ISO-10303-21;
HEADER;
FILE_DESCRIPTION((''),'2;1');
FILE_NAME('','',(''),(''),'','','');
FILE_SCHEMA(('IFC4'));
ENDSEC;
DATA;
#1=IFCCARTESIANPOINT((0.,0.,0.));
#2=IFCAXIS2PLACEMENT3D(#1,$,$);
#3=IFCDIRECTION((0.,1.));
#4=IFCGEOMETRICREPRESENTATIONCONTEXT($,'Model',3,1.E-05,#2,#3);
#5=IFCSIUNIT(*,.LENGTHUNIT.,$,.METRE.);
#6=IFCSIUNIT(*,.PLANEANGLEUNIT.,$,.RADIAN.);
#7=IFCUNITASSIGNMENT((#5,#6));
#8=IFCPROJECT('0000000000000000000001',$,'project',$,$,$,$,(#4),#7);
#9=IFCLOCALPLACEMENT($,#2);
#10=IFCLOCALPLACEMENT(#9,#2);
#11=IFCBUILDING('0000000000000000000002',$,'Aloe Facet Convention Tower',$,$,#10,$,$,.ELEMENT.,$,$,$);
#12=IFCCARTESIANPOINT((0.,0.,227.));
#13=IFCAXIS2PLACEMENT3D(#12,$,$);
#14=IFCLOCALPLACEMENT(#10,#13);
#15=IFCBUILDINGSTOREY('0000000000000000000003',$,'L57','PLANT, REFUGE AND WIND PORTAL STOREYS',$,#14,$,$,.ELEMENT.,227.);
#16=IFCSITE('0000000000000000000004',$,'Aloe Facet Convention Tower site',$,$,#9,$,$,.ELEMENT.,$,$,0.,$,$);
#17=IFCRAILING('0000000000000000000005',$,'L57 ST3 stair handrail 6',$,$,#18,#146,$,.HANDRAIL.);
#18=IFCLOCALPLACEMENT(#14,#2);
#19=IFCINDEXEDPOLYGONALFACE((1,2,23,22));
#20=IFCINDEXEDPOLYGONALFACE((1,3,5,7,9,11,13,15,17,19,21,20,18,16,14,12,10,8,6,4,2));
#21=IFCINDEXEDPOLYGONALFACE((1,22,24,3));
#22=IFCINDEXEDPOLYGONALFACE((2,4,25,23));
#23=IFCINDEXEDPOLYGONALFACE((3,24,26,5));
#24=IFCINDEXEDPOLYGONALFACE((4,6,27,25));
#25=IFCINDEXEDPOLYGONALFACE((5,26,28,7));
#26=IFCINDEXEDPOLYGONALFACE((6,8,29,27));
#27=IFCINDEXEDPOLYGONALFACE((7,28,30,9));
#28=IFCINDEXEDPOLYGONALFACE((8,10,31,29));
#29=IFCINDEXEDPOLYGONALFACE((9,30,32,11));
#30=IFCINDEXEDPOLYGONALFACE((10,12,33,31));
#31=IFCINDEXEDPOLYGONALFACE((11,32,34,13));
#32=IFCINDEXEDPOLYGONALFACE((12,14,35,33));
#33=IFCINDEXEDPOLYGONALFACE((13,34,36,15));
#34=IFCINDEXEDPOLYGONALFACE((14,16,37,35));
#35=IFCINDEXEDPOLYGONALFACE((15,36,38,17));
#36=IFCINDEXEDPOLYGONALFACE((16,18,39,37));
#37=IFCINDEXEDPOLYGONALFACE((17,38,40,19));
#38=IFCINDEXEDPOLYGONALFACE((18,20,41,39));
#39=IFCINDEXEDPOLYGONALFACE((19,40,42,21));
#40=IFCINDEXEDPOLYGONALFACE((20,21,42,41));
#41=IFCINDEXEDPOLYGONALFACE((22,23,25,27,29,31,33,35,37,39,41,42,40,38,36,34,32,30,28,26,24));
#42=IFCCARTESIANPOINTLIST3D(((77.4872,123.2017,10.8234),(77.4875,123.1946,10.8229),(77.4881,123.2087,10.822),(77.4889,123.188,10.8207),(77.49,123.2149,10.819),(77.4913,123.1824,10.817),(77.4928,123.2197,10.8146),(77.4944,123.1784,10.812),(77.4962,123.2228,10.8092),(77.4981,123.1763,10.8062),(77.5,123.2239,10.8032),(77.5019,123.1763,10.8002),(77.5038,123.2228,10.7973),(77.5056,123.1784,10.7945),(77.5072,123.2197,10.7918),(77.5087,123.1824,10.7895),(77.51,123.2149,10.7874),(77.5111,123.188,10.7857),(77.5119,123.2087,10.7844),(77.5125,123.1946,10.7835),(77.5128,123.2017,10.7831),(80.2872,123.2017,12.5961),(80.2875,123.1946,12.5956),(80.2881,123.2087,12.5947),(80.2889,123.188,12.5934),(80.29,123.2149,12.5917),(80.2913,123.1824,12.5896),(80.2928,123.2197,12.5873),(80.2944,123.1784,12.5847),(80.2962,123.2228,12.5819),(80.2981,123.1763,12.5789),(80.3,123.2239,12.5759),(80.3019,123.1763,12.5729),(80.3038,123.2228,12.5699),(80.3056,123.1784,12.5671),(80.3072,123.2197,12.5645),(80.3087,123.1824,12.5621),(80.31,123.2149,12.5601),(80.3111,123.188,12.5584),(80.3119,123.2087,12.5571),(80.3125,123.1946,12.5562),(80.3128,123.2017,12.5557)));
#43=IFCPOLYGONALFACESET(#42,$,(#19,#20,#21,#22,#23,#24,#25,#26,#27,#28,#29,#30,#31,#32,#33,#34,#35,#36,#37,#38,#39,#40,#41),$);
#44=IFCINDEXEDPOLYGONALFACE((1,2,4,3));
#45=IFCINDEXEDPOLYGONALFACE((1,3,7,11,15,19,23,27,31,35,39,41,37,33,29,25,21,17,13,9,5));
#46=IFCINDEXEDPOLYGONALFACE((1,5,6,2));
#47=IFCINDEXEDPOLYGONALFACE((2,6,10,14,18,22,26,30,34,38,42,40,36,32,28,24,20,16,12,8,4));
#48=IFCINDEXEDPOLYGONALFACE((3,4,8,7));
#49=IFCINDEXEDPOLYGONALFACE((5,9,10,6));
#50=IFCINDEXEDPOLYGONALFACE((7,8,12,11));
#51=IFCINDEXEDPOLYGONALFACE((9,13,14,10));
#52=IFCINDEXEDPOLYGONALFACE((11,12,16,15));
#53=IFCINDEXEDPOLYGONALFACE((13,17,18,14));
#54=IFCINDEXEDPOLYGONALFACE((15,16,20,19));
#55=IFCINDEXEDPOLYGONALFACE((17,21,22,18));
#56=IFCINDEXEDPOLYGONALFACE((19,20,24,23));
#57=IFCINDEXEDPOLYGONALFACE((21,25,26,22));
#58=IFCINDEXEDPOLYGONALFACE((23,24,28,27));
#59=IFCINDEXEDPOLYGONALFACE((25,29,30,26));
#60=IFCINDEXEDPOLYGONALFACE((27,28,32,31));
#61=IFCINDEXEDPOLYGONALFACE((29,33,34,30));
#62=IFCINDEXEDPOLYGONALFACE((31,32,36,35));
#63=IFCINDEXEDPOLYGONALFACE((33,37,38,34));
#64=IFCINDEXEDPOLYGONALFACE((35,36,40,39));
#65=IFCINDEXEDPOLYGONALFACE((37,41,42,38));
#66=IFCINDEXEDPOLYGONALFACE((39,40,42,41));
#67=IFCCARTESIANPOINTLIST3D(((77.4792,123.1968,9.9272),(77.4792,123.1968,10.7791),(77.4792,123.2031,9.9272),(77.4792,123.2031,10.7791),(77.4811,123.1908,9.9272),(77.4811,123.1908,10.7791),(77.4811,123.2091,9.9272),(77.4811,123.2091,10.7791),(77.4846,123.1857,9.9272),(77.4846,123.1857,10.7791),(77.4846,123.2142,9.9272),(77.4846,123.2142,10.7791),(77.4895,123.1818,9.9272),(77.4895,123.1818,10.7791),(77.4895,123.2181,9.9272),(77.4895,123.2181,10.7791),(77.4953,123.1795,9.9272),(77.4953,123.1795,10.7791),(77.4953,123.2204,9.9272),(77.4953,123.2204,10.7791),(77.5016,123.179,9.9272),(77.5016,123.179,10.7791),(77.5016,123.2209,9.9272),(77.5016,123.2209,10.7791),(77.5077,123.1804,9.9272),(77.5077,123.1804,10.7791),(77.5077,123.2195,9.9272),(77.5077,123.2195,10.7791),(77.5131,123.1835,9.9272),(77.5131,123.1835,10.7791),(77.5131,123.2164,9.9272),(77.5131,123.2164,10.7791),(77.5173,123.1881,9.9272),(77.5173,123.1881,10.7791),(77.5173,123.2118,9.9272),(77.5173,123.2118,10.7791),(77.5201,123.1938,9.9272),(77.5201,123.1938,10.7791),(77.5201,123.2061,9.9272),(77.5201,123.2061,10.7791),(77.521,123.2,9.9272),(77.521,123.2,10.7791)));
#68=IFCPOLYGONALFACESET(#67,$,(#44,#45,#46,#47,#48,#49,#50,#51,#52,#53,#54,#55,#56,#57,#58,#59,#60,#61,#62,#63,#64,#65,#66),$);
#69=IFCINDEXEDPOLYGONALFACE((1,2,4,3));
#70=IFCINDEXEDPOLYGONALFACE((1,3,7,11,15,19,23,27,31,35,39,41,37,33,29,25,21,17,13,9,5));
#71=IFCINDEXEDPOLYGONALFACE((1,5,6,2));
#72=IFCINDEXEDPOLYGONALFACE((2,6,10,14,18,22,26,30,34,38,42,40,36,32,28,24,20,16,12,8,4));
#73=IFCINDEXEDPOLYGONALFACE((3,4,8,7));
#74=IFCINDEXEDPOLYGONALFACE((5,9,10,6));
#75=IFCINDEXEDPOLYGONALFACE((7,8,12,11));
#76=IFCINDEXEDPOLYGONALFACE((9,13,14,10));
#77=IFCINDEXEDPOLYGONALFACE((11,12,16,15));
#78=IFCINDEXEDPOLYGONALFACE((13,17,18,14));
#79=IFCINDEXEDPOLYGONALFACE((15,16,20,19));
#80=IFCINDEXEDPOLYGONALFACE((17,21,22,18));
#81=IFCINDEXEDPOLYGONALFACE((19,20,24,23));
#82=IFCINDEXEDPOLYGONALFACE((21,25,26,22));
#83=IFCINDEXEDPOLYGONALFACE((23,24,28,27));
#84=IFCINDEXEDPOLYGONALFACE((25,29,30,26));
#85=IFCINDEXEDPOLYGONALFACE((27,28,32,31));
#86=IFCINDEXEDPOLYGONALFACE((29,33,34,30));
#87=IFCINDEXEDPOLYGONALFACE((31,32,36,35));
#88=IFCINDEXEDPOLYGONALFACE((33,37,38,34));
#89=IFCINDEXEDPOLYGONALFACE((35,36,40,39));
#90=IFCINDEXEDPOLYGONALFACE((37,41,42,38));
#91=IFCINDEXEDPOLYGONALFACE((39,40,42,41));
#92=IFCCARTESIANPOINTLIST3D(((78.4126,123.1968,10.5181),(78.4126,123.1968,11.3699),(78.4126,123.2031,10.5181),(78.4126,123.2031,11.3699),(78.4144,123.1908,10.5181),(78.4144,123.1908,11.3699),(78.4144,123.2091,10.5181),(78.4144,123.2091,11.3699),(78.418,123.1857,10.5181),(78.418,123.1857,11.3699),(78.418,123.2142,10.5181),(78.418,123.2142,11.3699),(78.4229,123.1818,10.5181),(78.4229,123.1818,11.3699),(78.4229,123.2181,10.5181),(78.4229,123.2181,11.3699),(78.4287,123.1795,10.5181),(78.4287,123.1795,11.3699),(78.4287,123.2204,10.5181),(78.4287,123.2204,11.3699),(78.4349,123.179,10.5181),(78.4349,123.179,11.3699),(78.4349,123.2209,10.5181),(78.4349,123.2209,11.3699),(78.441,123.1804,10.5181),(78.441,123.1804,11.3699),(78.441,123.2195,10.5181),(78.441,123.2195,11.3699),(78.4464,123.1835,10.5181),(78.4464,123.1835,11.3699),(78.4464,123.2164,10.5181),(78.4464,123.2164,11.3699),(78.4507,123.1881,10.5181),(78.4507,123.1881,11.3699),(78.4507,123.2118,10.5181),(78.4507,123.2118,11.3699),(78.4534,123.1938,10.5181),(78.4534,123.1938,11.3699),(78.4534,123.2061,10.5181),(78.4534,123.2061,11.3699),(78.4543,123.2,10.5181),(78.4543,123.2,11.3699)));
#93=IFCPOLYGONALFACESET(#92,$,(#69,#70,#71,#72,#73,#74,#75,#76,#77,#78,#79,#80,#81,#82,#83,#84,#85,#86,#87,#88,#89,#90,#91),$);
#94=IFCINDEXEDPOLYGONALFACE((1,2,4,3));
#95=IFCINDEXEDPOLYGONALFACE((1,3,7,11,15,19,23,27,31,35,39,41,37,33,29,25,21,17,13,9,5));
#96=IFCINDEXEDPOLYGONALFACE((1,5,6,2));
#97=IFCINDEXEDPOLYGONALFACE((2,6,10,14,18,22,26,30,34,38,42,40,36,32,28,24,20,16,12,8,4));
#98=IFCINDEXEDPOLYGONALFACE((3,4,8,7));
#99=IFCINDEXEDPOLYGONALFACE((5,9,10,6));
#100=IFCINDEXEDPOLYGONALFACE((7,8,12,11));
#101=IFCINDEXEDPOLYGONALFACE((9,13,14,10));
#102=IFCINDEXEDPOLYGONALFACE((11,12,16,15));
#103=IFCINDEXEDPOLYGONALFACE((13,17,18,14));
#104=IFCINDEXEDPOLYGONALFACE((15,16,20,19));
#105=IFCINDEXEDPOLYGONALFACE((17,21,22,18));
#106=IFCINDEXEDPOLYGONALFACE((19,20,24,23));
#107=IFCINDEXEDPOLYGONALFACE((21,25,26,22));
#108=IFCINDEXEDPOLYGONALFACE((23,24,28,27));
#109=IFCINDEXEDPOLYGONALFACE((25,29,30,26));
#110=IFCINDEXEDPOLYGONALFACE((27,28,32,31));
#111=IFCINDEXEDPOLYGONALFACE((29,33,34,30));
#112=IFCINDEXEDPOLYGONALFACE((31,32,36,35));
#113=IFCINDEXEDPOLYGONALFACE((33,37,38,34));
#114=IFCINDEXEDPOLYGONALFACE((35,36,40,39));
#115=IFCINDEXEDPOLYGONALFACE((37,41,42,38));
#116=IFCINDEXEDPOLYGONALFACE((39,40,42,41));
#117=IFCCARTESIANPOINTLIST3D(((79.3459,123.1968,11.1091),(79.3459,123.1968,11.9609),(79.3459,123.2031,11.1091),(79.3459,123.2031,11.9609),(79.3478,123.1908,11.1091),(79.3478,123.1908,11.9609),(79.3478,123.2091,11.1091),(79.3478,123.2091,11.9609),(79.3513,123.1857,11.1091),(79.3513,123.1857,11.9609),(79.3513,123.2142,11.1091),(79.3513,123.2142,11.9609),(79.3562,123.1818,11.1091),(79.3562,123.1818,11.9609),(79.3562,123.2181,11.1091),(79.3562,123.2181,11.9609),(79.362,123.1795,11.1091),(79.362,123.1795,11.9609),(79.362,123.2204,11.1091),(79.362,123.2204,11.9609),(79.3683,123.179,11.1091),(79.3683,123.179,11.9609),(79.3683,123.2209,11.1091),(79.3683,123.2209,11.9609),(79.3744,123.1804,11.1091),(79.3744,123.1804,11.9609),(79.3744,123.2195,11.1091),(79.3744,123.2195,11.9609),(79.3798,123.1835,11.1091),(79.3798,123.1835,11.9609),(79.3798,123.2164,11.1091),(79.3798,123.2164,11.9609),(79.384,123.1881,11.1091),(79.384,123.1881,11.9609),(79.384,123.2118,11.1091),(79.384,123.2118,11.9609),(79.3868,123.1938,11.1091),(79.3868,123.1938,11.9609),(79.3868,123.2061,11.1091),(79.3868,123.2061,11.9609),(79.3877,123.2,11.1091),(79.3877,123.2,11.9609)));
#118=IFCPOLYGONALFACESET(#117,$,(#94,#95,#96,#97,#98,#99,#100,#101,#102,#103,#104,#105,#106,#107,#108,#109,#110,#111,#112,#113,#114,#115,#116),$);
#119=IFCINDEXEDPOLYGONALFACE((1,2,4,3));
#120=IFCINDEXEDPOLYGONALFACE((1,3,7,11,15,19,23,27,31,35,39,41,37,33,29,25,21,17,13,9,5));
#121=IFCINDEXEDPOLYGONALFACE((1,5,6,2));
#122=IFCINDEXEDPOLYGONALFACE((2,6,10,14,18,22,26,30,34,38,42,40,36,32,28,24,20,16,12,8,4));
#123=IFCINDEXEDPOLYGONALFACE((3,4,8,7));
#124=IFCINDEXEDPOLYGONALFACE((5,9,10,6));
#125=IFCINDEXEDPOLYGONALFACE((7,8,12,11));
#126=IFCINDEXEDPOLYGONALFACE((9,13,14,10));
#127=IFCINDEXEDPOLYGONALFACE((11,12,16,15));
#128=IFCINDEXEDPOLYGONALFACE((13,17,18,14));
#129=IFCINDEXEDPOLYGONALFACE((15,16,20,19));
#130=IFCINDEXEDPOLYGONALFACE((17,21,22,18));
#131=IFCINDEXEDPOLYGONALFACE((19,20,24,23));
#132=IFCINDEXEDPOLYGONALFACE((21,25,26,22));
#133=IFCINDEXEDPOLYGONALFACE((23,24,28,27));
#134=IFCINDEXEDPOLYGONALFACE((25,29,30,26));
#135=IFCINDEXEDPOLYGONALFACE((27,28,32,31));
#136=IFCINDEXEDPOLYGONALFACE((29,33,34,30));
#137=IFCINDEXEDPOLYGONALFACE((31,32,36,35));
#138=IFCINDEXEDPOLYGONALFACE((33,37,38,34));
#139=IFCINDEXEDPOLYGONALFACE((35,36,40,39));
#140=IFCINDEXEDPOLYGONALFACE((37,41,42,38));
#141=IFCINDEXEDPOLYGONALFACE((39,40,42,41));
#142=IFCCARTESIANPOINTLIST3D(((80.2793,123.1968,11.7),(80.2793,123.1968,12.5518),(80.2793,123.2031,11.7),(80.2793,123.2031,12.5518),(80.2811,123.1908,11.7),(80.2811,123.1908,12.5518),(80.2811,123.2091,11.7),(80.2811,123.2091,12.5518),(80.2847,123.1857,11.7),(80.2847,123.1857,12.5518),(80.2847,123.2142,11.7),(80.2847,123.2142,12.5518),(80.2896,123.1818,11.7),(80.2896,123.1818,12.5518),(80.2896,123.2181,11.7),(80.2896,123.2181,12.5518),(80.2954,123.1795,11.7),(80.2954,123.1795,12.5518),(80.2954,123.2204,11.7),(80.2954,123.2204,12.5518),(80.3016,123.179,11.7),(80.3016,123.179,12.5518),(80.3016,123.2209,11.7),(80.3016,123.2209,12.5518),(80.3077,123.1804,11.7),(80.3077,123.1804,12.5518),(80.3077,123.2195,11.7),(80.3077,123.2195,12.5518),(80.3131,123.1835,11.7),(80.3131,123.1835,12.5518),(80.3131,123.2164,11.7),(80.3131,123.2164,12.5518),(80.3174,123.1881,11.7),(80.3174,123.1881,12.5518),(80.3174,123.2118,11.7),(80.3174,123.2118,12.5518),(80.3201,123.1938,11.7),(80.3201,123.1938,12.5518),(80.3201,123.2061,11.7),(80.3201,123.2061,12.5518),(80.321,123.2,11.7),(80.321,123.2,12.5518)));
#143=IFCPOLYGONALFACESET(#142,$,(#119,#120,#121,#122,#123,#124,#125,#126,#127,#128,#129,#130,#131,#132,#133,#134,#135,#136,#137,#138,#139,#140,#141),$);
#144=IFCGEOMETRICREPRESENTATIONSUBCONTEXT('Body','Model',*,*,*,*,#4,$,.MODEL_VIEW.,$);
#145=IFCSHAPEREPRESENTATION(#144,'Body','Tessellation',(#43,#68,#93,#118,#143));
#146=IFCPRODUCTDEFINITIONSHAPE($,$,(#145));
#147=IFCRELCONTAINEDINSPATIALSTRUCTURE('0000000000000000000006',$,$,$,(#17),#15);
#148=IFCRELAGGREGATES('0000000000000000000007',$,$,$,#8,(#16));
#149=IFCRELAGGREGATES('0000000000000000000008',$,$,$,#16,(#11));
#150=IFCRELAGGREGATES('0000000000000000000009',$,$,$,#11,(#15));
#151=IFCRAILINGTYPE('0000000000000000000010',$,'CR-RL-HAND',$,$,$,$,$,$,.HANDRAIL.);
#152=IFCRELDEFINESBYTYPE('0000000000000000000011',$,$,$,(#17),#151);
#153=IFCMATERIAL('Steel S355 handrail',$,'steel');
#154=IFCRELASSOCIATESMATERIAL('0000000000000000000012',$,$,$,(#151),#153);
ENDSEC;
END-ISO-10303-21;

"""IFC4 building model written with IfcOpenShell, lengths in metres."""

from ifc_helpers import new_model, si_unit, direction, frame, origin, origin_2d, place, context, subcontext, project, spatial, circle, extrude, material, type_object, element, save


model = new_model("IFC4")

# Units and contexts
model_context = context("Model", 3, precision=1e-05, world=origin(), true_north=direction((0.0, 1.0)))
body_context = subcontext(model_context, "Body", "Model", "MODEL_VIEW")
ifc_project = project(units=[si_unit("LENGTHUNIT", "METRE"), si_unit("PLANEANGLEUNIT", "RADIAN")], contexts=[model_context])

# Site, building, storey
site_placement = place(None, origin())
site = spatial("IfcSite", under=ifc_project, at=site_placement, Name="Aloe Facet Convention Tower site", CompositionType="ELEMENT", RefElevation=0.0)
building_placement = place(site_placement, origin())
building = spatial("IfcBuilding", under=site, at=building_placement, Name="Aloe Facet Convention Tower", CompositionType="ELEMENT")
storey_placement = place(building_placement, frame((0.0, 0.0, 227.0)))
storey = spatial("IfcBuildingStorey", under=building, at=storey_placement, Name="L57", Description="PLANT, REFUGE AND WIND PORTAL STOREYS", CompositionType="ELEMENT", Elevation=227.0)

# Railing
ifc_material_1 = material(Name="Steel S355 handrail", Category="steel")
railing_type_1 = type_object("IfcRailingType", Name="CR-RL-HAND", PredefinedType="HANDRAIL", material=ifc_material_1)
for number, where, name in (
    (1, (77.5, 123.2, 9.9272), "L57 ST3 stair handrail 6"),
):
    element("IfcRailing", number, at=place(storey_placement, frame(where)), inside=storey, type_object=railing_type_1, Name=name, PredefinedType="HANDRAIL", context=body_context, shape_type="SweptSolid", body=[
        extrude(circle(Radius=0.0239, at=origin_2d()), frame((0.0, 0.0, 0.876), z_axis=(0.844909, 0.0, 0.53491), x_axis=(0.0, 1.0, 0.0)), (0.0, 0.0, 1.0), 3.314),
        extrude(circle(Radius=0.021, at=origin_2d()), origin(), (0.0, 0.0, 1.0), 0.8518),
        extrude(circle(Radius=0.021, at=origin_2d()), frame((0.9333, 0.0, 0.5908)), (0.0, 0.0, 1.0), 0.8518),
        extrude(circle(Radius=0.021, at=origin_2d()), frame((1.8667, 0.0, 1.1819)), (0.0, 0.0, 1.0), 0.8518),
        extrude(circle(Radius=0.021, at=origin_2d()), frame((2.8, 0.0, 1.7727)), (0.0, 0.0, 1.0), 0.8518),
    ])

save(model, "model.ifc")
